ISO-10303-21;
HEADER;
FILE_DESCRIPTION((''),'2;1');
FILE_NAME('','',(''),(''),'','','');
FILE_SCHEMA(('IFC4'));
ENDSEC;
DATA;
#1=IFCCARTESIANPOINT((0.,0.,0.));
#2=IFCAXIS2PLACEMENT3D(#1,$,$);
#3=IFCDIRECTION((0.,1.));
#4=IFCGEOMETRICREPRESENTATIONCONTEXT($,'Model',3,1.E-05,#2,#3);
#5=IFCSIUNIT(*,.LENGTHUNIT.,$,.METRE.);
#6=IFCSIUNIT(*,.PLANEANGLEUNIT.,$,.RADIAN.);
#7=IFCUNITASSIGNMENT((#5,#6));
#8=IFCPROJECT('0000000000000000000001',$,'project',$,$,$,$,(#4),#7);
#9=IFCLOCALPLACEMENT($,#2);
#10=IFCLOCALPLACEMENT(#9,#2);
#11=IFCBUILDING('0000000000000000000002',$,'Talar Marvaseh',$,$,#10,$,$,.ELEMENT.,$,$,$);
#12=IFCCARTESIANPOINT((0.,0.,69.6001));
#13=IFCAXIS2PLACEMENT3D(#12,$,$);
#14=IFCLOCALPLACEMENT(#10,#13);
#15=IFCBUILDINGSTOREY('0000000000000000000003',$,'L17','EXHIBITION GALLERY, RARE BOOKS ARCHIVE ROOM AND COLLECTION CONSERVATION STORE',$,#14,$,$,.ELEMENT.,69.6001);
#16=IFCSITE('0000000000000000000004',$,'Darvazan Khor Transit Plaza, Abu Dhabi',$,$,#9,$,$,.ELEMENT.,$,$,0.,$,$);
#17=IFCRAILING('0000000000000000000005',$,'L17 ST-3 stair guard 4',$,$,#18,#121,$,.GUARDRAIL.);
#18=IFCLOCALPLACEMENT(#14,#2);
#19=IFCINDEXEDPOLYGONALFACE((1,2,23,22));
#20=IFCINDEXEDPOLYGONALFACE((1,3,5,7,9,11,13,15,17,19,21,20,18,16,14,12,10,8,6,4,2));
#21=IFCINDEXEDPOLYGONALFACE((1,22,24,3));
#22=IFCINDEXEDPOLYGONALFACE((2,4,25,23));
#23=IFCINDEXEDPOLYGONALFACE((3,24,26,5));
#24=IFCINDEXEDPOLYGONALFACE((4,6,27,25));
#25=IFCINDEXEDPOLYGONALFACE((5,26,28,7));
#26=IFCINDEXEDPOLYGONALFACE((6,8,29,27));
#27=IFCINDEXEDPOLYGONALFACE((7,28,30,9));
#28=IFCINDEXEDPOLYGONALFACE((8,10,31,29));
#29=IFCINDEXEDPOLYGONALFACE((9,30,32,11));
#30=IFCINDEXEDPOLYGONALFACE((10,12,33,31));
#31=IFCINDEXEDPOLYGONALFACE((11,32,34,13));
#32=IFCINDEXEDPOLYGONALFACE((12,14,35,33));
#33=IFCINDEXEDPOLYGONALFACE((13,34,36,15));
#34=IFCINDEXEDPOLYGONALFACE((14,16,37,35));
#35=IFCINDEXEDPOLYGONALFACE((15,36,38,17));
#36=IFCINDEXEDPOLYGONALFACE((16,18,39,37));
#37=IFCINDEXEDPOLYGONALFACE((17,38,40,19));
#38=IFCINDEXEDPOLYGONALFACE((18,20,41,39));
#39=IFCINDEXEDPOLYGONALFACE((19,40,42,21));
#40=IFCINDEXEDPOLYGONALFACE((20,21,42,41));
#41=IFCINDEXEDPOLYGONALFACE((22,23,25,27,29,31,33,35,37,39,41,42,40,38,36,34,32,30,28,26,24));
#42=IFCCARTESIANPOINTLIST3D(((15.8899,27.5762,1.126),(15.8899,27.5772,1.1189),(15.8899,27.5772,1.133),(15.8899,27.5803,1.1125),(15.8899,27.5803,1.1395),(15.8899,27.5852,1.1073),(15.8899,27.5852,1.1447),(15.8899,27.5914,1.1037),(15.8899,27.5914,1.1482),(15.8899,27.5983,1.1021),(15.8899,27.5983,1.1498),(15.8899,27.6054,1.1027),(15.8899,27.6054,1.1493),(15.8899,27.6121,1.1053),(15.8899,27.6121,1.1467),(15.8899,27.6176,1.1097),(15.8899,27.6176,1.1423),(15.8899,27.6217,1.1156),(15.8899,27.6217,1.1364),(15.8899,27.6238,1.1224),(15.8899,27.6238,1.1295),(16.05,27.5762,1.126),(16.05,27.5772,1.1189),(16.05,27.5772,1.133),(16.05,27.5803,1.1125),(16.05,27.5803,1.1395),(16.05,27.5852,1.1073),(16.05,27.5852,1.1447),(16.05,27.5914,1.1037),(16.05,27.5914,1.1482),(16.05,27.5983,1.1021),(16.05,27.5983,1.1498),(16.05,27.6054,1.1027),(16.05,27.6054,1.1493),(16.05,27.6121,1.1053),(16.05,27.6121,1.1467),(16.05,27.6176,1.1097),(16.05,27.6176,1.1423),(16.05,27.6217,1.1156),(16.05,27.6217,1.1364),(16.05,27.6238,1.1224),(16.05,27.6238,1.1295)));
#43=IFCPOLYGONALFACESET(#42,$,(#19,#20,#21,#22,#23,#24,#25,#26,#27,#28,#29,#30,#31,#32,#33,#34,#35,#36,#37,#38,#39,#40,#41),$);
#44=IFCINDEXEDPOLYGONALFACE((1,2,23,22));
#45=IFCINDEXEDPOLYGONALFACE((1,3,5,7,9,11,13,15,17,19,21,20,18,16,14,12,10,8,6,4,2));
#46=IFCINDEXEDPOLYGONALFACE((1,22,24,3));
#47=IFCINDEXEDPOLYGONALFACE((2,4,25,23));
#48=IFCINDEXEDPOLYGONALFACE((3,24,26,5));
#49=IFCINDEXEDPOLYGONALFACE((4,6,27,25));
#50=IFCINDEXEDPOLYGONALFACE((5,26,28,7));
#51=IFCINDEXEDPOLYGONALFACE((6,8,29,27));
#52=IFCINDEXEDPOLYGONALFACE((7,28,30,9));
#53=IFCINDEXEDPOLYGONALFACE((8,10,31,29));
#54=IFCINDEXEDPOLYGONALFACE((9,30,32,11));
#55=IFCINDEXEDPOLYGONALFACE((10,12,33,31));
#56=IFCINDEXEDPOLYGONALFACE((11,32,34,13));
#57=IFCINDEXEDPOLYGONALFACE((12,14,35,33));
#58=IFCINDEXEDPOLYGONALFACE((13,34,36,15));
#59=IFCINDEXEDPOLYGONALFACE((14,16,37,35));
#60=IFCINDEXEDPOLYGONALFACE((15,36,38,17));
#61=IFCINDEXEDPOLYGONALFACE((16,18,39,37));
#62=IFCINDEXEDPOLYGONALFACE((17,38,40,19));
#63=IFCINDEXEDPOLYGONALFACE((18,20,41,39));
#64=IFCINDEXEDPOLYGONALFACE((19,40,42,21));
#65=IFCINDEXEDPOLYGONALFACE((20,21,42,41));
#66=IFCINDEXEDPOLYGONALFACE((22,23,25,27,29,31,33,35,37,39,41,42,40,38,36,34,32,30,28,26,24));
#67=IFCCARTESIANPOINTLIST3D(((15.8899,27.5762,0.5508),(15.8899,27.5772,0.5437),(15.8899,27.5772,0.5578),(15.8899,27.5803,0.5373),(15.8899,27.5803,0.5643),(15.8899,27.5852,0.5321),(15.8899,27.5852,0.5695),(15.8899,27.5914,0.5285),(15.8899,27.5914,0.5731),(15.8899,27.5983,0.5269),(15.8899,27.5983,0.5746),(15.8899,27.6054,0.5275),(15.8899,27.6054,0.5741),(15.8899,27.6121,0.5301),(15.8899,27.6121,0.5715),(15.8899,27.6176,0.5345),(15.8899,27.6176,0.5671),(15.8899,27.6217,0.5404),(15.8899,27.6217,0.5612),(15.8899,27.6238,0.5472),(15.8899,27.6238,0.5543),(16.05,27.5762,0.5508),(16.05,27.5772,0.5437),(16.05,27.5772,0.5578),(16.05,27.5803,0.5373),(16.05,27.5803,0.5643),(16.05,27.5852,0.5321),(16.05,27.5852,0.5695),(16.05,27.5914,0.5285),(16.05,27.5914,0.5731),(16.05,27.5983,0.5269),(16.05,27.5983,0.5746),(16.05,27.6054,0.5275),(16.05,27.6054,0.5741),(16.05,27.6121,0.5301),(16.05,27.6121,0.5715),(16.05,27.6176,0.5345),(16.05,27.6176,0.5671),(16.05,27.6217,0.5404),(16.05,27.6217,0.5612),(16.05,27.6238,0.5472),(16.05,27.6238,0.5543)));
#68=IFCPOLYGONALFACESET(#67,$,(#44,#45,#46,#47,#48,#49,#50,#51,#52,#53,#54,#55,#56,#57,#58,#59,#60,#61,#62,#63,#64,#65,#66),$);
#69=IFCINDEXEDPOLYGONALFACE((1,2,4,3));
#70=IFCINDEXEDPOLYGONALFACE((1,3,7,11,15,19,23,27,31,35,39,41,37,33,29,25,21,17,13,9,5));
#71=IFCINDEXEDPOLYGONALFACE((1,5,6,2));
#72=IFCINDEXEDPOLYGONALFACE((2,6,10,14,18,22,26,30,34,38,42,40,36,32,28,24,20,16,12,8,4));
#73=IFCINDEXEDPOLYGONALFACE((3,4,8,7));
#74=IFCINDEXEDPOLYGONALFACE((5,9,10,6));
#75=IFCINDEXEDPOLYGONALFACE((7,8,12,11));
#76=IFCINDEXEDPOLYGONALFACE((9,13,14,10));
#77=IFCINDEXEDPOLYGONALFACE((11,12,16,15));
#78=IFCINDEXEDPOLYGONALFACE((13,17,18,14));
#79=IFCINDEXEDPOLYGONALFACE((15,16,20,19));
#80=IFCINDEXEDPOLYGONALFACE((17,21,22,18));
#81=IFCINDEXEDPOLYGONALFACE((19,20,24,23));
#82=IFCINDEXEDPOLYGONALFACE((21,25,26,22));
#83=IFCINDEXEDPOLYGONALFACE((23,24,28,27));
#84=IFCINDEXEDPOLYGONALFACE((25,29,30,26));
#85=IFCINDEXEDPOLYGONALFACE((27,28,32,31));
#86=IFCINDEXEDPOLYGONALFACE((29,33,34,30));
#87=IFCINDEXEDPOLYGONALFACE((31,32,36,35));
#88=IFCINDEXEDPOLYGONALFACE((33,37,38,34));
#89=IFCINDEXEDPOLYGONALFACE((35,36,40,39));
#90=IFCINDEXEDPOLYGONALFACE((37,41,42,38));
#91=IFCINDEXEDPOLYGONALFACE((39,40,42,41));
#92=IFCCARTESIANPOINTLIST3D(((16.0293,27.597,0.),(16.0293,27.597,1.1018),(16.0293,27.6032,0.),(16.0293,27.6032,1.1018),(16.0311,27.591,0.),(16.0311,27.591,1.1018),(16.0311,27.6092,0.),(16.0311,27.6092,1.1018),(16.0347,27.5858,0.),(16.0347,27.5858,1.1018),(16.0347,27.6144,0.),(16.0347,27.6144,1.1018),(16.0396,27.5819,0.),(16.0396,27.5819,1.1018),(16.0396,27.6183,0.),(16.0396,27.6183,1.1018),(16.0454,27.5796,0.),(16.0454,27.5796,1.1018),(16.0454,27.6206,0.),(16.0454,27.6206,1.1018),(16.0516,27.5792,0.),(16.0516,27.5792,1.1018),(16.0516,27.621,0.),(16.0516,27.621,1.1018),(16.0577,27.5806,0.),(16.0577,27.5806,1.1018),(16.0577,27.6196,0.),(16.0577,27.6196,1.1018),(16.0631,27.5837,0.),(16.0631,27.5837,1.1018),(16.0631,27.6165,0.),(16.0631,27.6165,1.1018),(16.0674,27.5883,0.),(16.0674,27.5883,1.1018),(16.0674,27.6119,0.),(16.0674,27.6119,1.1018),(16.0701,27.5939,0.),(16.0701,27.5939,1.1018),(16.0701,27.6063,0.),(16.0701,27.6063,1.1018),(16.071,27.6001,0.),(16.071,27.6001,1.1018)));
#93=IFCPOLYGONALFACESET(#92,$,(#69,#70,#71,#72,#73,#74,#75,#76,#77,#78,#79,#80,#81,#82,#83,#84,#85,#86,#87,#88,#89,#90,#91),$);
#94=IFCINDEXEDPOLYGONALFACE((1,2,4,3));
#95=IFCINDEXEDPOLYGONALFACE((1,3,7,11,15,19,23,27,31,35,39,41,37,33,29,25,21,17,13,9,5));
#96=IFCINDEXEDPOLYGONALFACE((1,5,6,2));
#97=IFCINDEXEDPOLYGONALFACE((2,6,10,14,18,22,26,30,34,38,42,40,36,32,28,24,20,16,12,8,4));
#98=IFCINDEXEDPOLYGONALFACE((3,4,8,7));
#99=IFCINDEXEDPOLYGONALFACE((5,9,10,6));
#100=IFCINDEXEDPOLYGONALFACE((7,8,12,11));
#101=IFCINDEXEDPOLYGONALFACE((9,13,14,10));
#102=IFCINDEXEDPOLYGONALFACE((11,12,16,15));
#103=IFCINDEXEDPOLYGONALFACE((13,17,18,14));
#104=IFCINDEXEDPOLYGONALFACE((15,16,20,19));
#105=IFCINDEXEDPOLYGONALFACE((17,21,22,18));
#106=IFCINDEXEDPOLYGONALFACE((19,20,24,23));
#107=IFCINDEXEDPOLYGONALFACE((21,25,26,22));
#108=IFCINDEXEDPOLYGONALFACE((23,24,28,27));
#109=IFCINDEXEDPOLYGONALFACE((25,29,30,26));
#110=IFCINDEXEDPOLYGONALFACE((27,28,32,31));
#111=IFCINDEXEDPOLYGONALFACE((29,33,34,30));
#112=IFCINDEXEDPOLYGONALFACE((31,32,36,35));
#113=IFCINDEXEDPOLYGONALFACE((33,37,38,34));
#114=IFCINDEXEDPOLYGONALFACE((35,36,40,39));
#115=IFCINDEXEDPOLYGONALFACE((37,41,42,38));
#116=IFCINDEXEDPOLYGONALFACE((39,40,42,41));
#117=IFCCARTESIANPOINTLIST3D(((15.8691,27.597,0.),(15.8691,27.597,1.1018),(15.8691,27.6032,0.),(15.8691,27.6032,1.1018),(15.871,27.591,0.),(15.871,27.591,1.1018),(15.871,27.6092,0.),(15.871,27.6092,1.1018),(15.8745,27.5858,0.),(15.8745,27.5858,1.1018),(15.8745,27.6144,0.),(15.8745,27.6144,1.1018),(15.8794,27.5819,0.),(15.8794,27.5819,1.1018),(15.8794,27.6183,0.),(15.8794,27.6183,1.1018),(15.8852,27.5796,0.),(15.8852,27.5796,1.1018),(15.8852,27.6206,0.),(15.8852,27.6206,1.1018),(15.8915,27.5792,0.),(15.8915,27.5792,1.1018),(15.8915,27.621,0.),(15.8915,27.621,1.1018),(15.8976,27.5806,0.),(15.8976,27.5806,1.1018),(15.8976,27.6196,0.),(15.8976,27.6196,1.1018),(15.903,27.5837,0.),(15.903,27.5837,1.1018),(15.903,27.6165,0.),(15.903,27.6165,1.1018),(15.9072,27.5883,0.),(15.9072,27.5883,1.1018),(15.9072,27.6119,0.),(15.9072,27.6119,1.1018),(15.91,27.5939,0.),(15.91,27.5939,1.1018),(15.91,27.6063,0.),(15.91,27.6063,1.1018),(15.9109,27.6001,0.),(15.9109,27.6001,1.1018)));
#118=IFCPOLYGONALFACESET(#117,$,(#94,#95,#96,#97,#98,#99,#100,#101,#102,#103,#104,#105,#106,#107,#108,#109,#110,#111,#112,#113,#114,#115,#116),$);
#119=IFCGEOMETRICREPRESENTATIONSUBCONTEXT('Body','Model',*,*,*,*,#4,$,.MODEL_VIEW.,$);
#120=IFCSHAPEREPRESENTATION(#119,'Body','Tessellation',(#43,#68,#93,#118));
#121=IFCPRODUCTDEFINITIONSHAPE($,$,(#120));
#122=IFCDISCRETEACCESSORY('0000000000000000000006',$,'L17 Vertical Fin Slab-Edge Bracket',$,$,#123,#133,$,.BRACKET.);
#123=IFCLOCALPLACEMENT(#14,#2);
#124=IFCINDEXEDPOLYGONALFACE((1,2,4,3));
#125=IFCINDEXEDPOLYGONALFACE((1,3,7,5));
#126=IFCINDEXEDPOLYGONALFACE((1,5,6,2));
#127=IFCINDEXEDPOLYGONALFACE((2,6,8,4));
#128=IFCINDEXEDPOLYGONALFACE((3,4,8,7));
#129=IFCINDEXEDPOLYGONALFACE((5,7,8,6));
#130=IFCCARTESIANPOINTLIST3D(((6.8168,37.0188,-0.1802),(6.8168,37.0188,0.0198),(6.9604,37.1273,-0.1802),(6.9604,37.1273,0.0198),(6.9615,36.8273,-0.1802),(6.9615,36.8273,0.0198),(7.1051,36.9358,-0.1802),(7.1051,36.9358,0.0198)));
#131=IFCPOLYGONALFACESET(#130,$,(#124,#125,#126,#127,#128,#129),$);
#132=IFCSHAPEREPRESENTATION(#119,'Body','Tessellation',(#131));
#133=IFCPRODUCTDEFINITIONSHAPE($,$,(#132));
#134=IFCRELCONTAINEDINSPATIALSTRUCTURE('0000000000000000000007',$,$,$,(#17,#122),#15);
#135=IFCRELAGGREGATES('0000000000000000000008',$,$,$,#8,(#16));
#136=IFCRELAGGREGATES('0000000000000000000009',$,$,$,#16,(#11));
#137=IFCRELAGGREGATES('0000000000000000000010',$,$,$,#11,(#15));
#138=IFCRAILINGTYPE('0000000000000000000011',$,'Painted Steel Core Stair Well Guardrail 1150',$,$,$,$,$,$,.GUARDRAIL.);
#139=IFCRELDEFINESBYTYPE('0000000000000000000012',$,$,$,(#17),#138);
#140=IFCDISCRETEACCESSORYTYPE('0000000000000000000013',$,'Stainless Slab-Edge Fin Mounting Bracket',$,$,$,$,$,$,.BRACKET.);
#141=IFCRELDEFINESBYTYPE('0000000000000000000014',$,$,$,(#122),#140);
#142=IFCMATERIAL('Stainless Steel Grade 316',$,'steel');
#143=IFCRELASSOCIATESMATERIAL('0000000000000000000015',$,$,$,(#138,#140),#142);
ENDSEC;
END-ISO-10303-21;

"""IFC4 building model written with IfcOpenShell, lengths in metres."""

from ifc_helpers import new_model, si_unit, direction, frame, origin, origin_2d, place, context, subcontext, project, spatial, rectangle, circle, extrude, source, transform, mapped, material, type_object, type_shapes, element, save


model = new_model("IFC4")

# Units and contexts
model_context = context("Model", 3, precision=1e-05, world=origin(), true_north=direction((0.0, 1.0)))
body_context = subcontext(model_context, "Body", "Model", "MODEL_VIEW")
ifc_project = project(units=[si_unit("LENGTHUNIT", "METRE"), si_unit("PLANEANGLEUNIT", "RADIAN")], contexts=[model_context])

# Site, building, storey
site_placement = place(None, origin())
site = spatial("IfcSite", under=ifc_project, at=site_placement, Name="Darvazan Khor Transit Plaza, Abu Dhabi", CompositionType="ELEMENT", RefElevation=0.0)
building_placement = place(site_placement, origin())
building = spatial("IfcBuilding", under=site, at=building_placement, Name="Talar Marvaseh", CompositionType="ELEMENT")
storey_placement = place(building_placement, frame((0.0, 0.0, 69.6001)))
storey = spatial("IfcBuildingStorey", under=building, at=storey_placement, Name="L17", Description="EXHIBITION GALLERY, RARE BOOKS ARCHIVE ROOM AND COLLECTION CONSERVATION STORE", CompositionType="ELEMENT", Elevation=69.6001)

# Railing
ifc_material_1 = material(Name="Stainless Steel Grade 316", Category="steel")
railing_type_1 = type_object("IfcRailingType", Name="Painted Steel Core Stair Well Guardrail 1150", PredefinedType="GUARDRAIL", material=ifc_material_1)
railing_1_placement = place(storey_placement, frame((16.05, 27.6001, 0.0)))
element("IfcRailing", 1, at=railing_1_placement, inside=storey, type_object=railing_type_1, Name="L17 ST-3 stair guard 4", PredefinedType="GUARDRAIL", context=body_context, shape_type="SweptSolid", body=[
    extrude(circle(Radius=0.0239, at=origin_2d()), frame((0.0, 0.0, 1.126), z_axis=(-1.0, 0.0, 0.0), x_axis=(0.0, -1.0, 0.0)), (0.0, 0.0, 1.0), 0.1602),
    extrude(circle(Radius=0.0239, at=origin_2d()), frame((0.0, 0.0, 0.5508), z_axis=(-1.0, 0.0, 0.0), x_axis=(0.0, -1.0, 0.0)), (0.0, 0.0, 1.0), 0.1602),
    extrude(circle(Radius=0.021, at=origin_2d()), origin(), (0.0, 0.0, 1.0), 1.1018),
    extrude(circle(Radius=0.021, at=origin_2d()), frame((-0.1602, 0.0, 0.0)), (0.0, 0.0, 1.0), 1.1018),
])

# Discrete accessory
discrete_accessory_type = type_object("IfcDiscreteAccessoryType", Name="Stainless Slab-Edge Fin Mounting Bracket", PredefinedType="BRACKET", material=ifc_material_1)
shared_shape_1 = source(origin(), body_context, "Body", "SweptSolid", [
    extrude(rectangle(XDim=0.24, YDim=0.1799, at=origin_2d()), origin(), (0.0, 0.0, 1.0), 0.2),
])
type_shapes(discrete_accessory_type, [shared_shape_1])
discrete_accessory_placement = place(storey_placement, frame((6.9609, 36.9773, -0.1802), z_axis=(0.0, 0.0, 1.0), x_axis=(-0.60279, 0.7979, 0.0)))
element("IfcDiscreteAccessory", 2, at=discrete_accessory_placement, inside=storey, type_object=discrete_accessory_type, Name="L17 Vertical Fin Slab-Edge Bracket", PredefinedType="BRACKET", context=body_context, shape_type="MappedRepresentation", body=[
    mapped(shared_shape_1, transform((0.0, 0.0, 0.0), x_axis=(1.0, 0.0, 0.0), y_axis=(0.0, 1.0, 0.0), z_axis=(0.0, 0.0, 1.0), scale=1.0)),
])

save(model, "model.ifc")
